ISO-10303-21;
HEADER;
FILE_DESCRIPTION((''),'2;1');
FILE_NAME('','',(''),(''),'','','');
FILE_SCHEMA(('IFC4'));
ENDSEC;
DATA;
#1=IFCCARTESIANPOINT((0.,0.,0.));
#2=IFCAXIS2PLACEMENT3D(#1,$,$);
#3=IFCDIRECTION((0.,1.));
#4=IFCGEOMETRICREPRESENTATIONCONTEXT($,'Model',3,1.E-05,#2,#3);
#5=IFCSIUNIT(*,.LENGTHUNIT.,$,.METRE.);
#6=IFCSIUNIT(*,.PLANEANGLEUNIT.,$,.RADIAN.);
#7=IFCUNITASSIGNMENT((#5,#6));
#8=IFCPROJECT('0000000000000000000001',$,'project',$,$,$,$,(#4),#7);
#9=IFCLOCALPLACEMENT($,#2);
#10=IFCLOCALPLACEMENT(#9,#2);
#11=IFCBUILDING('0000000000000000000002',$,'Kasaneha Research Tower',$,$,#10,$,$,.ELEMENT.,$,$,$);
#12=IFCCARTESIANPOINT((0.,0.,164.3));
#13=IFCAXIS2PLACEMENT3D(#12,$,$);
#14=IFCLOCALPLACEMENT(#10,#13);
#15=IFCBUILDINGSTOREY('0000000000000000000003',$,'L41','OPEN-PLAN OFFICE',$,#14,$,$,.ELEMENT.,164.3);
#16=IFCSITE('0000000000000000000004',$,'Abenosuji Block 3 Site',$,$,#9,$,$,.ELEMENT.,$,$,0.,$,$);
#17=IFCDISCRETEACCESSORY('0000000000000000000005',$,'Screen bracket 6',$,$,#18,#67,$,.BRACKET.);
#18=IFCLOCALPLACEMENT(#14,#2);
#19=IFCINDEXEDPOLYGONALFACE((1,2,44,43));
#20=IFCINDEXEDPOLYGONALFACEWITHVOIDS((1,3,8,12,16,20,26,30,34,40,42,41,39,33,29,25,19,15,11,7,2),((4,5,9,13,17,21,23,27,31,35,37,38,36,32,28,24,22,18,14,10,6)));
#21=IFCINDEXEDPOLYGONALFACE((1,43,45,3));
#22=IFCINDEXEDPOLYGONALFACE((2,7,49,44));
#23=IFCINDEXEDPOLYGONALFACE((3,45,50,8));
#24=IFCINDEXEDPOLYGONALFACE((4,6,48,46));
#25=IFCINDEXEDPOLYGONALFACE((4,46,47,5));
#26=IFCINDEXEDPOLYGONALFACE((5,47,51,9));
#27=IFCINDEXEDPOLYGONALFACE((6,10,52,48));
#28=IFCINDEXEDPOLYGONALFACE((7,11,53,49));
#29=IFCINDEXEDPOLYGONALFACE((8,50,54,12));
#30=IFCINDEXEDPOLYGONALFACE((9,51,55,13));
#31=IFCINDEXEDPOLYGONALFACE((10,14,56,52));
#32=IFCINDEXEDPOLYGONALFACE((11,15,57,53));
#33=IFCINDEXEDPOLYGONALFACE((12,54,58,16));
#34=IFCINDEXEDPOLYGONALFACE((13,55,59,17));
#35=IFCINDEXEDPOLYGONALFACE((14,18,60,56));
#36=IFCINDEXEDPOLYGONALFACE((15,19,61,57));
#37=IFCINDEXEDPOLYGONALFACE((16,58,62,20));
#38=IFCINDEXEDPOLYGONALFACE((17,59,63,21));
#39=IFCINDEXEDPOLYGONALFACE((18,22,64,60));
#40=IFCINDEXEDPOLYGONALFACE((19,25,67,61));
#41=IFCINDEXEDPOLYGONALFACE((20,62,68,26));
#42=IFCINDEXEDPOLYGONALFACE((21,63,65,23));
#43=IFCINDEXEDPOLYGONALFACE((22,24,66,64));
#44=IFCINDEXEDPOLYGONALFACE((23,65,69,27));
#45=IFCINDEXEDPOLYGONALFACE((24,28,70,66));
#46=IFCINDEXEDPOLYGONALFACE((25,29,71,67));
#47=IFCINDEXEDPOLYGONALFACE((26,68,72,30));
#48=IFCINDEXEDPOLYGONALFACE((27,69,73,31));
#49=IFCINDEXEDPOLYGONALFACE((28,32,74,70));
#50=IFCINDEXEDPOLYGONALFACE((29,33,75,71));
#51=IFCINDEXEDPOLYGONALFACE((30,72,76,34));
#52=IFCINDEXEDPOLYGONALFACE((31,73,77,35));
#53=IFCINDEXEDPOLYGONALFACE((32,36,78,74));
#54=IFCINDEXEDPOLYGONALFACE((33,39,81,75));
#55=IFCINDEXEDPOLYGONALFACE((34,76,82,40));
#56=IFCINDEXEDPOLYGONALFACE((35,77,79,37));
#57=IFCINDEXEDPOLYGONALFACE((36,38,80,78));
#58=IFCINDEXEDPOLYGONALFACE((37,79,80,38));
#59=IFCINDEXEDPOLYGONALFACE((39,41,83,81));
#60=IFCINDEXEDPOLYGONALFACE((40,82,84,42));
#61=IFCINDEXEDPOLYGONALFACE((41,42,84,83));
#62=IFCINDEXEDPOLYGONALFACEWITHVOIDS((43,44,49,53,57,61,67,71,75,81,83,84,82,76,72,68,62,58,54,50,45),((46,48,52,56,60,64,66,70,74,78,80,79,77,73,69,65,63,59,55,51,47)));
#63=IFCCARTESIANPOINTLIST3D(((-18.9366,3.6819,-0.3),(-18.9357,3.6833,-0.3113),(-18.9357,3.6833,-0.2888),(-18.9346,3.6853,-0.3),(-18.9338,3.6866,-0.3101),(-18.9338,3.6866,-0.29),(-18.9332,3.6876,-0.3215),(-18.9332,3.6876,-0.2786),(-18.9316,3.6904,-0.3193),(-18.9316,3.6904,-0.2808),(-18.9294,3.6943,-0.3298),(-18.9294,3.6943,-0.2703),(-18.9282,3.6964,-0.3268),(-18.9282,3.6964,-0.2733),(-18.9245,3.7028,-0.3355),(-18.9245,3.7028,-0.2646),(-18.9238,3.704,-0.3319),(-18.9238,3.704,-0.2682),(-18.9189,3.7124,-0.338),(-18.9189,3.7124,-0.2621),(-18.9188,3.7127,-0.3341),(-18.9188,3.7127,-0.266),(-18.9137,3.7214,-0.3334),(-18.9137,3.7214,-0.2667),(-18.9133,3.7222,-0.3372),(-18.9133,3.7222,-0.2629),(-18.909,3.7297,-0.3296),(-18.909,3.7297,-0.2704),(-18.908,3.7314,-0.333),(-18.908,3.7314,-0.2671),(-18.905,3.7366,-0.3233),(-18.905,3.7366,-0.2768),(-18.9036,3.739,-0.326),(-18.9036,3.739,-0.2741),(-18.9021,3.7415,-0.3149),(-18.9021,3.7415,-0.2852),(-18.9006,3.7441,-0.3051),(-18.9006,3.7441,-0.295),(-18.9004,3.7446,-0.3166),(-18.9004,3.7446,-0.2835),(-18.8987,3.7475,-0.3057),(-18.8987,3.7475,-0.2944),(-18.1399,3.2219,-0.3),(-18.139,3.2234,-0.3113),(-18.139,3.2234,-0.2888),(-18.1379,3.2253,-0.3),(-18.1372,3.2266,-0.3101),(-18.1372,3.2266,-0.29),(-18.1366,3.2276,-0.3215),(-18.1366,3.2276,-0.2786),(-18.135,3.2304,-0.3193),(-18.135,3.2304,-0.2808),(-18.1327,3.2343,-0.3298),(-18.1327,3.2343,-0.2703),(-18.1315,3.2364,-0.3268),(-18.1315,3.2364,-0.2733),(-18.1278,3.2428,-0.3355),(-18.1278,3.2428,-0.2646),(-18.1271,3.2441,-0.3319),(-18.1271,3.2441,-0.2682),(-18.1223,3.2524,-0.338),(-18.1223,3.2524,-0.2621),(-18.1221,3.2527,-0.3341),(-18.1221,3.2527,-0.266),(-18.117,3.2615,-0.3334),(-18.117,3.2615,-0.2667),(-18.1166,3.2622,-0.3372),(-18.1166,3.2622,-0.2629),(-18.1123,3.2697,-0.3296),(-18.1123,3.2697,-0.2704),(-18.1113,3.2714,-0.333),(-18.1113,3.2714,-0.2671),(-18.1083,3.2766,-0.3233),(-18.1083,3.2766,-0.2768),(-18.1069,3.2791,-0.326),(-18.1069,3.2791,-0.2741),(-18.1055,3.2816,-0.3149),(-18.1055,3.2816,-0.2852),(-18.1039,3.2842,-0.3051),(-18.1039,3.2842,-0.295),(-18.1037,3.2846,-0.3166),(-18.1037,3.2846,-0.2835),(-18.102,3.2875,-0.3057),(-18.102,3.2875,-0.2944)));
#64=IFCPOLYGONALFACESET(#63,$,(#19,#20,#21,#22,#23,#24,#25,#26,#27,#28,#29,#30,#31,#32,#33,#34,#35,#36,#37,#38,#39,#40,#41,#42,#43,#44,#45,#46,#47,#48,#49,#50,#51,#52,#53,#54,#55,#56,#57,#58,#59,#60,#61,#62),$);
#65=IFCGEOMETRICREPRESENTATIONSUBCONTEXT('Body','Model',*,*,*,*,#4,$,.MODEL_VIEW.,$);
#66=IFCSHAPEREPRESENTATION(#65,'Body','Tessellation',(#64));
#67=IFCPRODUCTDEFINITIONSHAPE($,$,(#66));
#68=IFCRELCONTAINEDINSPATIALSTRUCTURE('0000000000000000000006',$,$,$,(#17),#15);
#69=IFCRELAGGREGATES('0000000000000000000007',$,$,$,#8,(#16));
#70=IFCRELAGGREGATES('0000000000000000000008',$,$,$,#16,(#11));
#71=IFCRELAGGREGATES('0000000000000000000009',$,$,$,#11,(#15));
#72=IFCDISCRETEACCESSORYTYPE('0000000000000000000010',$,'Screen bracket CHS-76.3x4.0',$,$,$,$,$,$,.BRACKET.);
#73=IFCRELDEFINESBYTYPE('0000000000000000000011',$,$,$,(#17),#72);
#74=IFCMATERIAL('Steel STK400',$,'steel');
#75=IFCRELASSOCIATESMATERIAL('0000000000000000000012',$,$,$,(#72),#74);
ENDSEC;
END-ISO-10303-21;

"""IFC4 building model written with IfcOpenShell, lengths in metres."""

from ifc_helpers import new_model, si_unit, direction, frame, origin, origin_2d, place, context, subcontext, project, spatial, hollow_circle, extrude, material, material_profile, profile_set, type_object, element, save


model = new_model("IFC4")

# Units and contexts
model_context = context("Model", 3, precision=1e-05, world=origin(), true_north=direction((0.0, 1.0)))
body_context = subcontext(model_context, "Body", "Model", "MODEL_VIEW")
ifc_project = project(units=[si_unit("LENGTHUNIT", "METRE"), si_unit("PLANEANGLEUNIT", "RADIAN")], contexts=[model_context])

# Site, building, storey
site_placement = place(None, origin())
site = spatial("IfcSite", under=ifc_project, at=site_placement, Name="Abenosuji Block 3 Site", CompositionType="ELEMENT", RefElevation=0.0)
building_placement = place(site_placement, origin())
building = spatial("IfcBuilding", under=site, at=building_placement, Name="Kasaneha Research Tower", CompositionType="ELEMENT")
storey_placement = place(building_placement, frame((0.0, 0.0, 164.3)))
storey = spatial("IfcBuildingStorey", under=building, at=storey_placement, Name="L41", Description="OPEN-PLAN OFFICE", CompositionType="ELEMENT", Elevation=164.3)

# Discrete accessory
ifc_material_1 = material(Name="Steel STK400", Category="steel")
ifc_material_profile_1 = material_profile(ifc_material_1, hollow_circle(Radius=0.0381, WallThickness=0.0039, at=origin_2d()), Name="CHS-76.3x4.0")
ifc_profile_set_1 = profile_set([ifc_material_profile_1], Name="Steel STK400")
discrete_accessory_type = type_object("IfcDiscreteAccessoryType", Name="Screen bracket CHS-76.3x4.0", PredefinedType="BRACKET", material=ifc_profile_set_1)
for number, where, z_axis, x_axis, name in (
    (1, (-18.1208, 3.2549, -0.3), (-0.866013, 0.500021, 0.0), (-0.500021, -0.866013, 0.0), "Screen bracket 6"),
):
    element("IfcDiscreteAccessory", number, at=place(storey_placement, frame(where, z_axis=z_axis, x_axis=x_axis)), inside=storey, type_object=discrete_accessory_type, Name=name, PredefinedType="BRACKET", context=body_context, shape_type="SweptSolid", body=[
        extrude(hollow_circle(Radius=0.0381, WallThickness=0.0039, at=origin_2d()), origin(), (0.0, 0.0, 1.0), 0.9199),
    ])

save(model, "model.ifc")
